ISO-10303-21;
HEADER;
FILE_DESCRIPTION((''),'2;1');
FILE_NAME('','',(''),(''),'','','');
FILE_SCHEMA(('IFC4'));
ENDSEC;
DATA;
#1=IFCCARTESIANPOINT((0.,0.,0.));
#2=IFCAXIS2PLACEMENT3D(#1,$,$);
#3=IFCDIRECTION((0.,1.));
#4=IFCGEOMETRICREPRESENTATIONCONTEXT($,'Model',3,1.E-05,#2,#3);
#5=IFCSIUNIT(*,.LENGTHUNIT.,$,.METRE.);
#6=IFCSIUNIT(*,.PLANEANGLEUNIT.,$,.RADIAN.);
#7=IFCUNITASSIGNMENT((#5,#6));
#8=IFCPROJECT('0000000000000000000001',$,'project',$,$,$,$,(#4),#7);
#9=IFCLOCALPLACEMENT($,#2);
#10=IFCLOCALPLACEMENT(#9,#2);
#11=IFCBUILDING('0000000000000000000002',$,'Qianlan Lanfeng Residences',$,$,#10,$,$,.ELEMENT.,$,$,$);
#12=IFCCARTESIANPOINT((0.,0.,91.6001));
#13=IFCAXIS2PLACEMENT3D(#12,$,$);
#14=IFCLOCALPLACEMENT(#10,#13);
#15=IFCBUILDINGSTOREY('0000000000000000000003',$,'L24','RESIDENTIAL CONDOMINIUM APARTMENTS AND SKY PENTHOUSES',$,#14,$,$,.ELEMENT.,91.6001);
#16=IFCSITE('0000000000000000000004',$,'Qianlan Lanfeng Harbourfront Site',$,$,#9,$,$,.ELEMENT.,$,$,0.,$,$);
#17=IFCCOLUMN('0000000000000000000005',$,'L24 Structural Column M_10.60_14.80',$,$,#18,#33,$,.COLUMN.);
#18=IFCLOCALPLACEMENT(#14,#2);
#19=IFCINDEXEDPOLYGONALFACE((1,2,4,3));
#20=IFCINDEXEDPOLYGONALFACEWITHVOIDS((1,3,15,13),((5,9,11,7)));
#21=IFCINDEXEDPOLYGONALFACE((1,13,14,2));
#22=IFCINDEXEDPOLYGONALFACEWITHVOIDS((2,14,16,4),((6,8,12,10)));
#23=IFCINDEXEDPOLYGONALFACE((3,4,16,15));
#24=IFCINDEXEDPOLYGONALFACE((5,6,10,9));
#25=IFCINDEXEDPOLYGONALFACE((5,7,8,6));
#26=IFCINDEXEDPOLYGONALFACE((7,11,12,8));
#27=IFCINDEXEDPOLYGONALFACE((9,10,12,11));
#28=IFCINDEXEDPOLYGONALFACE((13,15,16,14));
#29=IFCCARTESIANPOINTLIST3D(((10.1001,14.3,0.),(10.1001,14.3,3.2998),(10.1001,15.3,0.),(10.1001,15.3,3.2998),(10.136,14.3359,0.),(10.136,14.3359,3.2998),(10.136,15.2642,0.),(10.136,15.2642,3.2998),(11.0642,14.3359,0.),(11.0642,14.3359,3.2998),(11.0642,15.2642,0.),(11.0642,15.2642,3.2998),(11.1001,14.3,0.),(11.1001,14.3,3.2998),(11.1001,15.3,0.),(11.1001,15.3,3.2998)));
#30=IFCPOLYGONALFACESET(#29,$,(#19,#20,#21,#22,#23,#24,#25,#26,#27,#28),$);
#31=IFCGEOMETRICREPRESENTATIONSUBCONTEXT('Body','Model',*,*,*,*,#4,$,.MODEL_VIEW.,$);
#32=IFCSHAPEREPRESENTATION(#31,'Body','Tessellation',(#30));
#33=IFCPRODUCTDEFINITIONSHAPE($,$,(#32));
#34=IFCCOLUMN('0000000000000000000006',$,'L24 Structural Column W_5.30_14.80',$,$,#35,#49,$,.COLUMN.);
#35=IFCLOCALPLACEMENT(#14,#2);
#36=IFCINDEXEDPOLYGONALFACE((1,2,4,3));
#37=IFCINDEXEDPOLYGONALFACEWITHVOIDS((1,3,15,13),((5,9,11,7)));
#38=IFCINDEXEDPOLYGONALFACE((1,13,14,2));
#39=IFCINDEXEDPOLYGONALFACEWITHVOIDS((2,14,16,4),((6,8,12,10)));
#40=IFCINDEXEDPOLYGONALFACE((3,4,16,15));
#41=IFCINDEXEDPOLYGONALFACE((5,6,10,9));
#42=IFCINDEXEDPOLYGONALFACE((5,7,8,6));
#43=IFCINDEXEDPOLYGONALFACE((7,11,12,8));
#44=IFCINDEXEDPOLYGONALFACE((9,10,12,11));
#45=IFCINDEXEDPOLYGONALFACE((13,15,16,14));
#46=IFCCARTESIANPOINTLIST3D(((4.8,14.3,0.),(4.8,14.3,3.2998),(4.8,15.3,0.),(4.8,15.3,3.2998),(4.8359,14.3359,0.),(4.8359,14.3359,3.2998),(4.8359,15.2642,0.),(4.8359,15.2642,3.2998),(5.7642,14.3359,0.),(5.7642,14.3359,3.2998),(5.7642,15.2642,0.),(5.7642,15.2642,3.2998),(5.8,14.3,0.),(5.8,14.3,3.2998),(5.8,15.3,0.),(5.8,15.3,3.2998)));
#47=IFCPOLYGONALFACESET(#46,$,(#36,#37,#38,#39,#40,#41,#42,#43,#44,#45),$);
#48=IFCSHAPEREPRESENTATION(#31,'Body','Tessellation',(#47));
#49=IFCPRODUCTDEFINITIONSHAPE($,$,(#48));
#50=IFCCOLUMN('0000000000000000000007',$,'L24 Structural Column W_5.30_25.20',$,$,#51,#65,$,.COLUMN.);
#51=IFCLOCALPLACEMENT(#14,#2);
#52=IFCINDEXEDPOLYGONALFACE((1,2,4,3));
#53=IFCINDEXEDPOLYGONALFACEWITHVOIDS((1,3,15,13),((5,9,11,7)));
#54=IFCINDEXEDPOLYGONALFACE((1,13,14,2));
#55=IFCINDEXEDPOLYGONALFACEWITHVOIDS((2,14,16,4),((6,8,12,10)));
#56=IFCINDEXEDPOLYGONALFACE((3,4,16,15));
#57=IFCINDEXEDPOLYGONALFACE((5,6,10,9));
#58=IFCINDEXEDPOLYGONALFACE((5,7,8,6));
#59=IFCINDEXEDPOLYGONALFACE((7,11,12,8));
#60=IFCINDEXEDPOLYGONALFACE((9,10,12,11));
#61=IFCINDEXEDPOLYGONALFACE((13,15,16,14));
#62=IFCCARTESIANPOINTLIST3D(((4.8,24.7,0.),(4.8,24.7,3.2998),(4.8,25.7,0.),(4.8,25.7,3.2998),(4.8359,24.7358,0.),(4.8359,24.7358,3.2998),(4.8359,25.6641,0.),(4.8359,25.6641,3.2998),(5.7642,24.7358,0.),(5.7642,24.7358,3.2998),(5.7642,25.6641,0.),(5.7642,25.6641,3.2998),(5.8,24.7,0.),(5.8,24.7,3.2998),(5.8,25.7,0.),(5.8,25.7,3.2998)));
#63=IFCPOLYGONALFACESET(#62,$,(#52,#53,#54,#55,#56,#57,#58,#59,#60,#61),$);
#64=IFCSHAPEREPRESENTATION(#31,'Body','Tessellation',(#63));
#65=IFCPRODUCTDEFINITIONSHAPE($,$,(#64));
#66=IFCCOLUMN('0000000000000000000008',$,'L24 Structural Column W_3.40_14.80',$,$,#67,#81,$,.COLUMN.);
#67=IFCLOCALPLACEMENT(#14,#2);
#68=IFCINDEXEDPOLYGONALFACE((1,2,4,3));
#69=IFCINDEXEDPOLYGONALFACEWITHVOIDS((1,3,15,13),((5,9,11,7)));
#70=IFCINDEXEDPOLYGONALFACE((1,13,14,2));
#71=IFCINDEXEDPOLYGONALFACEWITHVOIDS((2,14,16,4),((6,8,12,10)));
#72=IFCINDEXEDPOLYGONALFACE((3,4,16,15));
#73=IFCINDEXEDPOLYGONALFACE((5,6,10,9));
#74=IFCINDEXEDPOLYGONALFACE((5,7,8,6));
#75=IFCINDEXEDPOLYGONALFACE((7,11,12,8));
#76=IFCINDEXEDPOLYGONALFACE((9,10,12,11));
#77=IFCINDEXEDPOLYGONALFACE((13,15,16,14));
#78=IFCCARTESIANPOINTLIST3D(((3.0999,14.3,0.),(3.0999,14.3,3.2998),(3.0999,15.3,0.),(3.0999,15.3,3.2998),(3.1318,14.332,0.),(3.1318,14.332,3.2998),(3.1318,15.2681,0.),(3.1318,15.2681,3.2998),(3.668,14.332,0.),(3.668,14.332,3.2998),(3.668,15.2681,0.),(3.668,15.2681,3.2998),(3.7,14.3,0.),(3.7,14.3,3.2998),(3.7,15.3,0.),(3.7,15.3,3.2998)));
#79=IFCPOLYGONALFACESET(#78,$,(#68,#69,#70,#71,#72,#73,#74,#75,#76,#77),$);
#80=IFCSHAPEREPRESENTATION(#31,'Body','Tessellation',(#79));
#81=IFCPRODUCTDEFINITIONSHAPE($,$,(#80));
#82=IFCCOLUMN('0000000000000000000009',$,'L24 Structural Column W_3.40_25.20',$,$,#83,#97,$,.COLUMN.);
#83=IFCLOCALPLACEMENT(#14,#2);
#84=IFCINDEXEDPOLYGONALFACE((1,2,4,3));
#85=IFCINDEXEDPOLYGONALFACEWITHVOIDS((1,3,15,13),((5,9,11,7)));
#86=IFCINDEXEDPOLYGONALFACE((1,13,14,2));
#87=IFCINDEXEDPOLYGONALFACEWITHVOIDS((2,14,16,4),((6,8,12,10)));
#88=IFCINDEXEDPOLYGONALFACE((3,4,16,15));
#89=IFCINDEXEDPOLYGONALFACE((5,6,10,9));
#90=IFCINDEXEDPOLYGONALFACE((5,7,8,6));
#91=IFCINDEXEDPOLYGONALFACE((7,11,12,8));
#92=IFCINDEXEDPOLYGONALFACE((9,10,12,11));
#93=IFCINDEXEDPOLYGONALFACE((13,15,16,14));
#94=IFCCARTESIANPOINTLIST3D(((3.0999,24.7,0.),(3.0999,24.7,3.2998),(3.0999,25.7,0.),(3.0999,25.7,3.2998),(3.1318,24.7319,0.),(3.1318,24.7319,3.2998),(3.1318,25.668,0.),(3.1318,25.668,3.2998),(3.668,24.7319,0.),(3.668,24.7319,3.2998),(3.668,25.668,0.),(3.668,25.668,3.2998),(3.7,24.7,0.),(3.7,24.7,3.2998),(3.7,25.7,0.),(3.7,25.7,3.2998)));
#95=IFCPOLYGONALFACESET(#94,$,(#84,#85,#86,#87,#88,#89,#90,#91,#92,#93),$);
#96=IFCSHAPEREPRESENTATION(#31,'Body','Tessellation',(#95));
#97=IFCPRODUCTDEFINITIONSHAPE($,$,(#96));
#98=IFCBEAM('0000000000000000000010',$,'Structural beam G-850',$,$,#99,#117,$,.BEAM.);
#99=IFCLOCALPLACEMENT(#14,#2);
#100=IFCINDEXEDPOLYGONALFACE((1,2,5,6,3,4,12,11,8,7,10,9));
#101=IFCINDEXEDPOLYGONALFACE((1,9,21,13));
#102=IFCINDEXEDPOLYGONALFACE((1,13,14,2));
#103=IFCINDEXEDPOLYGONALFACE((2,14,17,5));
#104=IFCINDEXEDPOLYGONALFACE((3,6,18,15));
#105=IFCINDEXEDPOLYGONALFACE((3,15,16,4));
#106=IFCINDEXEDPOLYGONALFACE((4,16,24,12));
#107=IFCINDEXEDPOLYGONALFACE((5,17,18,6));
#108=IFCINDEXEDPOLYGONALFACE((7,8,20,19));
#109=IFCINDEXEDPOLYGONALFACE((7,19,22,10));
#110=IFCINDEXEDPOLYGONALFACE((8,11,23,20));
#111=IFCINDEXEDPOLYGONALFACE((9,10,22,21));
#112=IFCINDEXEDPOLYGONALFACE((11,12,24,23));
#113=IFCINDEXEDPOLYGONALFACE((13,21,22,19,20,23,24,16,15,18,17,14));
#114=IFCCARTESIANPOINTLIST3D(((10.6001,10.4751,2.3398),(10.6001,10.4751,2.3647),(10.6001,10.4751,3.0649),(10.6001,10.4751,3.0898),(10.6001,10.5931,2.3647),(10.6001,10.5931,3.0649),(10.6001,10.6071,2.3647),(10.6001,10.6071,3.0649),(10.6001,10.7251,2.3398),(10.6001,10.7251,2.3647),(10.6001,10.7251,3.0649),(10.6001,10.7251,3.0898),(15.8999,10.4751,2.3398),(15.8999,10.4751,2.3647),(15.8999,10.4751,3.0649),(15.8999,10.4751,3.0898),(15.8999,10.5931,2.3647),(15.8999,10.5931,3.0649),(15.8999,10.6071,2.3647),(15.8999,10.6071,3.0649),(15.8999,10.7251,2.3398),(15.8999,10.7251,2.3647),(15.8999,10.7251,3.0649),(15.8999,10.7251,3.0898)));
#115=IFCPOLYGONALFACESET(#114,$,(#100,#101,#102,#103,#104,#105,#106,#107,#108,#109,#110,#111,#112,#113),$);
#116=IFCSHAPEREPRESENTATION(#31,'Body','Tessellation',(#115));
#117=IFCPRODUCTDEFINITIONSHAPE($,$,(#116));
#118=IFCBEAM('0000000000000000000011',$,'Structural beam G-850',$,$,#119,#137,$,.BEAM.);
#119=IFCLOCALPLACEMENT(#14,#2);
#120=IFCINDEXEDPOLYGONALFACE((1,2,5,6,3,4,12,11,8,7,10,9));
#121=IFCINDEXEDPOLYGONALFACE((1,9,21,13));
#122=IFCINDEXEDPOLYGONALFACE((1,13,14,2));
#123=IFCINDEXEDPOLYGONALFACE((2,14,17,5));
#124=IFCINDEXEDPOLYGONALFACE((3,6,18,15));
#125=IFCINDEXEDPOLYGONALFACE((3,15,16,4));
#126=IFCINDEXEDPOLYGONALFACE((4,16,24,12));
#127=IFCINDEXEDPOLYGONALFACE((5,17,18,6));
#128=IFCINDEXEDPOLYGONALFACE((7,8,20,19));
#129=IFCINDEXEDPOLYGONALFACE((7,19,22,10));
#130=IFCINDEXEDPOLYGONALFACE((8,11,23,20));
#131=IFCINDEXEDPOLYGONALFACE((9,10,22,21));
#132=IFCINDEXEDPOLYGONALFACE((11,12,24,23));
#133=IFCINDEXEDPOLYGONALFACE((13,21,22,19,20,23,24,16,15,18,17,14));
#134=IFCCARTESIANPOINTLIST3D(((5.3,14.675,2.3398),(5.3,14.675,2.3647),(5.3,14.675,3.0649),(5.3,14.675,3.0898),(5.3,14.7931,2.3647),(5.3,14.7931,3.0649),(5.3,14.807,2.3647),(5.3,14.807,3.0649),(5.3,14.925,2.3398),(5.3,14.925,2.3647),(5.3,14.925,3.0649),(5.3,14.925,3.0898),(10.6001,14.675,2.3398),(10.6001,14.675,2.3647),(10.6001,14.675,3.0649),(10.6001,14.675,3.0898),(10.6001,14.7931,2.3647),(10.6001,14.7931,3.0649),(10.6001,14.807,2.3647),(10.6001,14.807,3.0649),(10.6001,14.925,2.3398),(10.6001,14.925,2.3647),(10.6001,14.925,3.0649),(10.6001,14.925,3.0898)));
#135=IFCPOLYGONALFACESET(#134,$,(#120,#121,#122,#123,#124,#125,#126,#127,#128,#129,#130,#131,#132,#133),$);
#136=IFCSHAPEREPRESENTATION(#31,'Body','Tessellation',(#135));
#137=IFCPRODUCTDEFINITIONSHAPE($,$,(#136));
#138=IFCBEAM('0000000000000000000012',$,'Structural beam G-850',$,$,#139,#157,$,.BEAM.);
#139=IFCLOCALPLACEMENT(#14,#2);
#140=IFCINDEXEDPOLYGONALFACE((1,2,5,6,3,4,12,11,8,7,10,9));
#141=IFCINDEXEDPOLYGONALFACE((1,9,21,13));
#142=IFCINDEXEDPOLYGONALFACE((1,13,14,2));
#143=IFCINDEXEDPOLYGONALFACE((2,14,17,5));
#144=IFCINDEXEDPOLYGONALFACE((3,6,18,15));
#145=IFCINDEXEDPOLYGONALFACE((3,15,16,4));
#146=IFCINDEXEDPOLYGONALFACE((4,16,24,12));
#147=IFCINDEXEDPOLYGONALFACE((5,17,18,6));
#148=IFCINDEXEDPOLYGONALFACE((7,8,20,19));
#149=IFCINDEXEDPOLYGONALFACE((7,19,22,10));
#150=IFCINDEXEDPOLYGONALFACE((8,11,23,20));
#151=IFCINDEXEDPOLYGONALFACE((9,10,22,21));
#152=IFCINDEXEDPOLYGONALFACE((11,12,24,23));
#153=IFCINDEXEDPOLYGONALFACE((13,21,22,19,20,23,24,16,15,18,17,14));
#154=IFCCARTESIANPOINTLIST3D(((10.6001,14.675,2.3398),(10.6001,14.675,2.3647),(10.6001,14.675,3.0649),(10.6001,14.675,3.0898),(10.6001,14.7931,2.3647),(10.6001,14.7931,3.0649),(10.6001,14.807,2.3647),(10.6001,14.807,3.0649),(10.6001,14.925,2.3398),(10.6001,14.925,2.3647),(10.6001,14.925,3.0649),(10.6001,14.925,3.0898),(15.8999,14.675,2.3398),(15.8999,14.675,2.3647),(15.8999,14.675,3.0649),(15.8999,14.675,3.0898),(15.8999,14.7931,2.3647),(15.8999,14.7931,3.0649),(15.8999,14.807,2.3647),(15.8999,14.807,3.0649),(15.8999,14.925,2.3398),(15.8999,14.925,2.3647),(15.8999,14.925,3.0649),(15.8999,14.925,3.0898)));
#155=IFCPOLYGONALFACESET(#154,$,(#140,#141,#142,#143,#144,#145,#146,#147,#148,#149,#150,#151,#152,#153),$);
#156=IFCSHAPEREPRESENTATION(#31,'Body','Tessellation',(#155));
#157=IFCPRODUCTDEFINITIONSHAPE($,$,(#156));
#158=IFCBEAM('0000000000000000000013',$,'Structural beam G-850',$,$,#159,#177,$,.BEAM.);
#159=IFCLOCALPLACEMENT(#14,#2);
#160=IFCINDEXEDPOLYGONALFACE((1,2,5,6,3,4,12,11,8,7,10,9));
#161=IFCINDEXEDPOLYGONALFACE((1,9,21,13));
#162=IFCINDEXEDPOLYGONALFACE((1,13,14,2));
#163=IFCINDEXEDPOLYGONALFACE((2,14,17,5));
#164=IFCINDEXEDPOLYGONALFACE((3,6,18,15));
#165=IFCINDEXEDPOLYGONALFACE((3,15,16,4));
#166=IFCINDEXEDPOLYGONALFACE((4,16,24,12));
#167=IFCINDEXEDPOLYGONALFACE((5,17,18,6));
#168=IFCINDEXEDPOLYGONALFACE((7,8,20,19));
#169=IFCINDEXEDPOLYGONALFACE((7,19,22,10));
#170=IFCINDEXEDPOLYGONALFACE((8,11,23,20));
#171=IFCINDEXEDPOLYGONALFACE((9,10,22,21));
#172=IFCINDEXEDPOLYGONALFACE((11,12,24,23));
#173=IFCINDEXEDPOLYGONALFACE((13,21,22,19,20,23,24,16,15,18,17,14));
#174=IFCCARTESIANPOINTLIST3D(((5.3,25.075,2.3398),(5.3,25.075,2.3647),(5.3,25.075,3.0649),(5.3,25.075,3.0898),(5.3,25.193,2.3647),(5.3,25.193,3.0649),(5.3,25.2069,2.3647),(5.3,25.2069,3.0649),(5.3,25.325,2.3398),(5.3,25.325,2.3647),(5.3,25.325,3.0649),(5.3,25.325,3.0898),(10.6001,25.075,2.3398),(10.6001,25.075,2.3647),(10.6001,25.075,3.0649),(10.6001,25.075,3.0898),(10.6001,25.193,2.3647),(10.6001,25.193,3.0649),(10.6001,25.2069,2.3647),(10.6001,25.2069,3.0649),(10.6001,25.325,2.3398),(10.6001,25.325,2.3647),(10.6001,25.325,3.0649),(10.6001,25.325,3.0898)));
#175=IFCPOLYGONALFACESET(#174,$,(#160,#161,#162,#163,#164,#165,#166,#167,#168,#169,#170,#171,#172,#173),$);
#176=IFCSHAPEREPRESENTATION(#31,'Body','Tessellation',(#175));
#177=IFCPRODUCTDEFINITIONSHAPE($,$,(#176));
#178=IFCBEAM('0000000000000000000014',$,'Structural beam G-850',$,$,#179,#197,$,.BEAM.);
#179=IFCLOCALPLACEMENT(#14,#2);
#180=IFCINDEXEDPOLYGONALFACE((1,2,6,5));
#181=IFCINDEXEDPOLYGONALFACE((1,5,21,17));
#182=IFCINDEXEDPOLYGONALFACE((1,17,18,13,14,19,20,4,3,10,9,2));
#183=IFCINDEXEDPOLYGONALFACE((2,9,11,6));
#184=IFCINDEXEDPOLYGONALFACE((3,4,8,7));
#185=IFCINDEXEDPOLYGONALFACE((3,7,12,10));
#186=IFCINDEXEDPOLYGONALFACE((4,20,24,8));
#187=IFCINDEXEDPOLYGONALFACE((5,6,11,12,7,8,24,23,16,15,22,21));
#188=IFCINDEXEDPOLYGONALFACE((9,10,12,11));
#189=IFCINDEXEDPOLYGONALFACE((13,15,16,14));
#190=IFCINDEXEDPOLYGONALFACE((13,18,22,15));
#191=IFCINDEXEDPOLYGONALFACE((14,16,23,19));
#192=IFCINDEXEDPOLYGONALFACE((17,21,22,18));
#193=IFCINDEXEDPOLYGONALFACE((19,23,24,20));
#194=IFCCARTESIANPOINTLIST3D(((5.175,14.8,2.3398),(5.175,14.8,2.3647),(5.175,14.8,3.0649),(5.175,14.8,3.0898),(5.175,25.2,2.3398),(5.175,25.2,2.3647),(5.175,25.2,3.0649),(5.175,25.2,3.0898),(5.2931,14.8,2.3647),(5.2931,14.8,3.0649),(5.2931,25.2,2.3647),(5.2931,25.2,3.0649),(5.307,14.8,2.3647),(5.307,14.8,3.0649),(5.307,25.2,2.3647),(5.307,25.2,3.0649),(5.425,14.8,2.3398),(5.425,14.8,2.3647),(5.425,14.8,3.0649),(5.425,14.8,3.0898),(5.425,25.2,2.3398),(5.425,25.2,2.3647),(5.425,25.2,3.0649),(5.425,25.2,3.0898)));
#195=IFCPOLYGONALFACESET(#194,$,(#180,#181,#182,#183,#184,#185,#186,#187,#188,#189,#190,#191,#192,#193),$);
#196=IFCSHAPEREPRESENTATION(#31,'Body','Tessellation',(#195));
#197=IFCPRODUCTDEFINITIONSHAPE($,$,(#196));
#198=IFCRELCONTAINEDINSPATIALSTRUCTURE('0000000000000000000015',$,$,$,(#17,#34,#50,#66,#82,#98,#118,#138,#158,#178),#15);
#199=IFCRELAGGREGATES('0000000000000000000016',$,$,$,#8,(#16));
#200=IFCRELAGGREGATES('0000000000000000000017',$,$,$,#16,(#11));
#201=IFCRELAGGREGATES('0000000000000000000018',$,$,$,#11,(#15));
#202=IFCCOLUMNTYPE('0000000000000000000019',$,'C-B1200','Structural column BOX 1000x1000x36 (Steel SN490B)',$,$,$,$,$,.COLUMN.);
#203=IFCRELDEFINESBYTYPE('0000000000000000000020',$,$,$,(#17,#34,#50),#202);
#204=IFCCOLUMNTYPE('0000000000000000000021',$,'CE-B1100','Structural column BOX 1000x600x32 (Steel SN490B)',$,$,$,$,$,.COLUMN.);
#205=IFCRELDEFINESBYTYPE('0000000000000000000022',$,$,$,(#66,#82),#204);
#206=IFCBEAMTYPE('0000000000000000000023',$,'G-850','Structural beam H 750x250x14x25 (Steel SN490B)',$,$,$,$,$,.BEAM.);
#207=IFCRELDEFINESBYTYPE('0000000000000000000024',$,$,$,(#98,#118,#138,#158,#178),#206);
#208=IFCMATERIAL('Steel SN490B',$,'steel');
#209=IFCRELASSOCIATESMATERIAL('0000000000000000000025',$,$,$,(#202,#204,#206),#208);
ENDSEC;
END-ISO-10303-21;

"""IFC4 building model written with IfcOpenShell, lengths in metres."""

from ifc_helpers import new_model, si_unit, direction, frame, origin, origin_2d, place, context, subcontext, project, spatial, hollow_rectangle, i_section, extrude, material, material_profile, profile_set, type_object, element, save


model = new_model("IFC4")

# Units and contexts
model_context = context("Model", 3, precision=1e-05, world=origin(), true_north=direction((0.0, 1.0)))
body_context = subcontext(model_context, "Body", "Model", "MODEL_VIEW")
ifc_project = project(units=[si_unit("LENGTHUNIT", "METRE"), si_unit("PLANEANGLEUNIT", "RADIAN")], contexts=[model_context])

# Site, building, storey
site_placement = place(None, origin())
site = spatial("IfcSite", under=ifc_project, at=site_placement, Name="Qianlan Lanfeng Harbourfront Site", CompositionType="ELEMENT", RefElevation=0.0)
building_placement = place(site_placement, origin())
building = spatial("IfcBuilding", under=site, at=building_placement, Name="Qianlan Lanfeng Residences", CompositionType="ELEMENT")
storey_placement = place(building_placement, frame((0.0, 0.0, 91.6001)))
storey = spatial("IfcBuildingStorey", under=building, at=storey_placement, Name="L24", Description="RESIDENTIAL CONDOMINIUM APARTMENTS AND SKY PENTHOUSES", CompositionType="ELEMENT", Elevation=91.6001)

# Columns
ifc_material_1 = material(Name="Steel SN490B", Category="steel")
ifc_material_profile_1 = material_profile(ifc_material_1, hollow_rectangle(XDim=1.0, YDim=1.0, WallThickness=0.0359, at=origin_2d()), Name="BOX 1000x1000x36")
ifc_profile_set_1 = profile_set([ifc_material_profile_1], Name="Steel SN490B")
column_type_1 = type_object("IfcColumnType", Name="C-B1200", Description="Structural column BOX 1000x1000x36 (Steel SN490B)", PredefinedType="COLUMN", material=ifc_profile_set_1)
for number, where, z_axis, x_axis, name in (
    (1, (10.6001, 14.8, 0.0), (0.0, 0.0, 1.0), (1.0, 0.0, 0.0), "L24 Structural Column M_10.60_14.80"),
    (2, (5.3, 14.8, 0.0), (0.0, 0.0, 1.0), (1.0, 0.0, 0.0), "L24 Structural Column W_5.30_14.80"),
    (3, (5.3, 25.2, 0.0), (0.0, 0.0, 1.0), (1.0, 0.0, 0.0), "L24 Structural Column W_5.30_25.20"),
):
    element("IfcColumn", number, at=place(storey_placement, frame(where, z_axis=z_axis, x_axis=x_axis)), inside=storey, type_object=column_type_1, Name=name, PredefinedType="COLUMN", context=body_context, shape_type="SweptSolid", body=[
        extrude(hollow_rectangle(XDim=1.0, YDim=1.0, WallThickness=0.0359, at=origin_2d()), origin(), (0.0, 0.0, 1.0), 3.2998),
    ])
ifc_material_profile_2 = material_profile(ifc_material_1, hollow_rectangle(XDim=0.6001, YDim=1.0, WallThickness=0.032, at=origin_2d()), Name="BOX 1000x600x32")
ifc_profile_set_2 = profile_set([ifc_material_profile_2], Name="Steel SN490B")
column_type_2 = type_object("IfcColumnType", Name="CE-B1100", Description="Structural column BOX 1000x600x32 (Steel SN490B)", PredefinedType="COLUMN", material=ifc_profile_set_2)
for number, where, z_axis, x_axis, name in (
    (4, (3.3999, 14.8, 0.0), (0.0, 0.0, 1.0), (1.0, 0.0, 0.0), "L24 Structural Column W_3.40_14.80"),
    (5, (3.3999, 25.2, 0.0), (0.0, 0.0, 1.0), (1.0, 0.0, 0.0), "L24 Structural Column W_3.40_25.20"),
):
    element("IfcColumn", number, at=place(storey_placement, frame(where, z_axis=z_axis, x_axis=x_axis)), inside=storey, type_object=column_type_2, Name=name, PredefinedType="COLUMN", context=body_context, shape_type="SweptSolid", body=[
        extrude(hollow_rectangle(XDim=0.6001, YDim=1.0, WallThickness=0.032, at=origin_2d()), origin(), (0.0, 0.0, 1.0), 3.2998),
    ])

# Beams
ifc_material_profile_3 = material_profile(ifc_material_1, i_section(OverallWidth=0.25, OverallDepth=0.75, WebThickness=0.0139, FlangeThickness=0.0249, at=origin_2d()), Name="H 750x250x14x25")
ifc_profile_set_3 = profile_set([ifc_material_profile_3], Name="Steel SN490B")
beam_type_1 = type_object("IfcBeamType", Name="G-850", Description="Structural beam H 750x250x14x25 (Steel SN490B)", PredefinedType="BEAM", material=ifc_profile_set_3)
beam_1_placement = place(storey_placement, frame((10.6001, 10.6001, 2.7148), z_axis=(1.0, 0.0, 0.0), x_axis=(0.0, 1.0, 0.0)))
element("IfcBeam", 6, at=beam_1_placement, inside=storey, type_object=beam_type_1, Name="Structural beam G-850", PredefinedType="BEAM", context=body_context, shape_type="SweptSolid", body=[
    extrude(i_section(OverallWidth=0.25, OverallDepth=0.75, WebThickness=0.0139, FlangeThickness=0.0249, at=origin_2d()), origin(), (0.0, 0.0, 1.0), 5.2998),
])
beam_2_placement = place(storey_placement, frame((5.3, 14.8, 2.7148), z_axis=(1.0, 0.0, 0.0), x_axis=(0.0, 1.0, 0.0)))
element("IfcBeam", 7, at=beam_2_placement, inside=storey, type_object=beam_type_1, Name="Structural beam G-850", PredefinedType="BEAM", context=body_context, shape_type="SweptSolid", body=[
    extrude(i_section(OverallWidth=0.25, OverallDepth=0.75, WebThickness=0.0139, FlangeThickness=0.0249, at=origin_2d()), origin(), (0.0, 0.0, 1.0), 5.3),
])
beam_3_placement = place(storey_placement, frame((10.6001, 14.8, 2.7148), z_axis=(1.0, 0.0, 0.0), x_axis=(0.0, 1.0, 0.0)))
element("IfcBeam", 8, at=beam_3_placement, inside=storey, type_object=beam_type_1, Name="Structural beam G-850", PredefinedType="BEAM", context=body_context, shape_type="SweptSolid", body=[
    extrude(i_section(OverallWidth=0.25, OverallDepth=0.75, WebThickness=0.0139, FlangeThickness=0.0249, at=origin_2d()), origin(), (0.0, 0.0, 1.0), 5.2998),
])
beam_4_placement = place(storey_placement, frame((5.3, 25.2, 2.7148), z_axis=(1.0, 0.0, 0.0), x_axis=(0.0, 1.0, 0.0)))
element("IfcBeam", 9, at=beam_4_placement, inside=storey, type_object=beam_type_1, Name="Structural beam G-850", PredefinedType="BEAM", context=body_context, shape_type="SweptSolid", body=[
    extrude(i_section(OverallWidth=0.25, OverallDepth=0.75, WebThickness=0.0139, FlangeThickness=0.0249, at=origin_2d()), origin(), (0.0, 0.0, 1.0), 5.3),
])
beam_5_placement = place(storey_placement, frame((5.3, 14.8, 2.7148), z_axis=(0.0, 1.0, 0.0), x_axis=(-1.0, 0.0, 0.0)))
element("IfcBeam", 10, at=beam_5_placement, inside=storey, type_object=beam_type_1, Name="Structural beam G-850", PredefinedType="BEAM", context=body_context, shape_type="SweptSolid", body=[
    extrude(i_section(OverallWidth=0.25, OverallDepth=0.75, WebThickness=0.0139, FlangeThickness=0.0249, at=origin_2d()), origin(), (0.0, 0.0, 1.0), 10.3999),
])

save(model, "model.ifc")
